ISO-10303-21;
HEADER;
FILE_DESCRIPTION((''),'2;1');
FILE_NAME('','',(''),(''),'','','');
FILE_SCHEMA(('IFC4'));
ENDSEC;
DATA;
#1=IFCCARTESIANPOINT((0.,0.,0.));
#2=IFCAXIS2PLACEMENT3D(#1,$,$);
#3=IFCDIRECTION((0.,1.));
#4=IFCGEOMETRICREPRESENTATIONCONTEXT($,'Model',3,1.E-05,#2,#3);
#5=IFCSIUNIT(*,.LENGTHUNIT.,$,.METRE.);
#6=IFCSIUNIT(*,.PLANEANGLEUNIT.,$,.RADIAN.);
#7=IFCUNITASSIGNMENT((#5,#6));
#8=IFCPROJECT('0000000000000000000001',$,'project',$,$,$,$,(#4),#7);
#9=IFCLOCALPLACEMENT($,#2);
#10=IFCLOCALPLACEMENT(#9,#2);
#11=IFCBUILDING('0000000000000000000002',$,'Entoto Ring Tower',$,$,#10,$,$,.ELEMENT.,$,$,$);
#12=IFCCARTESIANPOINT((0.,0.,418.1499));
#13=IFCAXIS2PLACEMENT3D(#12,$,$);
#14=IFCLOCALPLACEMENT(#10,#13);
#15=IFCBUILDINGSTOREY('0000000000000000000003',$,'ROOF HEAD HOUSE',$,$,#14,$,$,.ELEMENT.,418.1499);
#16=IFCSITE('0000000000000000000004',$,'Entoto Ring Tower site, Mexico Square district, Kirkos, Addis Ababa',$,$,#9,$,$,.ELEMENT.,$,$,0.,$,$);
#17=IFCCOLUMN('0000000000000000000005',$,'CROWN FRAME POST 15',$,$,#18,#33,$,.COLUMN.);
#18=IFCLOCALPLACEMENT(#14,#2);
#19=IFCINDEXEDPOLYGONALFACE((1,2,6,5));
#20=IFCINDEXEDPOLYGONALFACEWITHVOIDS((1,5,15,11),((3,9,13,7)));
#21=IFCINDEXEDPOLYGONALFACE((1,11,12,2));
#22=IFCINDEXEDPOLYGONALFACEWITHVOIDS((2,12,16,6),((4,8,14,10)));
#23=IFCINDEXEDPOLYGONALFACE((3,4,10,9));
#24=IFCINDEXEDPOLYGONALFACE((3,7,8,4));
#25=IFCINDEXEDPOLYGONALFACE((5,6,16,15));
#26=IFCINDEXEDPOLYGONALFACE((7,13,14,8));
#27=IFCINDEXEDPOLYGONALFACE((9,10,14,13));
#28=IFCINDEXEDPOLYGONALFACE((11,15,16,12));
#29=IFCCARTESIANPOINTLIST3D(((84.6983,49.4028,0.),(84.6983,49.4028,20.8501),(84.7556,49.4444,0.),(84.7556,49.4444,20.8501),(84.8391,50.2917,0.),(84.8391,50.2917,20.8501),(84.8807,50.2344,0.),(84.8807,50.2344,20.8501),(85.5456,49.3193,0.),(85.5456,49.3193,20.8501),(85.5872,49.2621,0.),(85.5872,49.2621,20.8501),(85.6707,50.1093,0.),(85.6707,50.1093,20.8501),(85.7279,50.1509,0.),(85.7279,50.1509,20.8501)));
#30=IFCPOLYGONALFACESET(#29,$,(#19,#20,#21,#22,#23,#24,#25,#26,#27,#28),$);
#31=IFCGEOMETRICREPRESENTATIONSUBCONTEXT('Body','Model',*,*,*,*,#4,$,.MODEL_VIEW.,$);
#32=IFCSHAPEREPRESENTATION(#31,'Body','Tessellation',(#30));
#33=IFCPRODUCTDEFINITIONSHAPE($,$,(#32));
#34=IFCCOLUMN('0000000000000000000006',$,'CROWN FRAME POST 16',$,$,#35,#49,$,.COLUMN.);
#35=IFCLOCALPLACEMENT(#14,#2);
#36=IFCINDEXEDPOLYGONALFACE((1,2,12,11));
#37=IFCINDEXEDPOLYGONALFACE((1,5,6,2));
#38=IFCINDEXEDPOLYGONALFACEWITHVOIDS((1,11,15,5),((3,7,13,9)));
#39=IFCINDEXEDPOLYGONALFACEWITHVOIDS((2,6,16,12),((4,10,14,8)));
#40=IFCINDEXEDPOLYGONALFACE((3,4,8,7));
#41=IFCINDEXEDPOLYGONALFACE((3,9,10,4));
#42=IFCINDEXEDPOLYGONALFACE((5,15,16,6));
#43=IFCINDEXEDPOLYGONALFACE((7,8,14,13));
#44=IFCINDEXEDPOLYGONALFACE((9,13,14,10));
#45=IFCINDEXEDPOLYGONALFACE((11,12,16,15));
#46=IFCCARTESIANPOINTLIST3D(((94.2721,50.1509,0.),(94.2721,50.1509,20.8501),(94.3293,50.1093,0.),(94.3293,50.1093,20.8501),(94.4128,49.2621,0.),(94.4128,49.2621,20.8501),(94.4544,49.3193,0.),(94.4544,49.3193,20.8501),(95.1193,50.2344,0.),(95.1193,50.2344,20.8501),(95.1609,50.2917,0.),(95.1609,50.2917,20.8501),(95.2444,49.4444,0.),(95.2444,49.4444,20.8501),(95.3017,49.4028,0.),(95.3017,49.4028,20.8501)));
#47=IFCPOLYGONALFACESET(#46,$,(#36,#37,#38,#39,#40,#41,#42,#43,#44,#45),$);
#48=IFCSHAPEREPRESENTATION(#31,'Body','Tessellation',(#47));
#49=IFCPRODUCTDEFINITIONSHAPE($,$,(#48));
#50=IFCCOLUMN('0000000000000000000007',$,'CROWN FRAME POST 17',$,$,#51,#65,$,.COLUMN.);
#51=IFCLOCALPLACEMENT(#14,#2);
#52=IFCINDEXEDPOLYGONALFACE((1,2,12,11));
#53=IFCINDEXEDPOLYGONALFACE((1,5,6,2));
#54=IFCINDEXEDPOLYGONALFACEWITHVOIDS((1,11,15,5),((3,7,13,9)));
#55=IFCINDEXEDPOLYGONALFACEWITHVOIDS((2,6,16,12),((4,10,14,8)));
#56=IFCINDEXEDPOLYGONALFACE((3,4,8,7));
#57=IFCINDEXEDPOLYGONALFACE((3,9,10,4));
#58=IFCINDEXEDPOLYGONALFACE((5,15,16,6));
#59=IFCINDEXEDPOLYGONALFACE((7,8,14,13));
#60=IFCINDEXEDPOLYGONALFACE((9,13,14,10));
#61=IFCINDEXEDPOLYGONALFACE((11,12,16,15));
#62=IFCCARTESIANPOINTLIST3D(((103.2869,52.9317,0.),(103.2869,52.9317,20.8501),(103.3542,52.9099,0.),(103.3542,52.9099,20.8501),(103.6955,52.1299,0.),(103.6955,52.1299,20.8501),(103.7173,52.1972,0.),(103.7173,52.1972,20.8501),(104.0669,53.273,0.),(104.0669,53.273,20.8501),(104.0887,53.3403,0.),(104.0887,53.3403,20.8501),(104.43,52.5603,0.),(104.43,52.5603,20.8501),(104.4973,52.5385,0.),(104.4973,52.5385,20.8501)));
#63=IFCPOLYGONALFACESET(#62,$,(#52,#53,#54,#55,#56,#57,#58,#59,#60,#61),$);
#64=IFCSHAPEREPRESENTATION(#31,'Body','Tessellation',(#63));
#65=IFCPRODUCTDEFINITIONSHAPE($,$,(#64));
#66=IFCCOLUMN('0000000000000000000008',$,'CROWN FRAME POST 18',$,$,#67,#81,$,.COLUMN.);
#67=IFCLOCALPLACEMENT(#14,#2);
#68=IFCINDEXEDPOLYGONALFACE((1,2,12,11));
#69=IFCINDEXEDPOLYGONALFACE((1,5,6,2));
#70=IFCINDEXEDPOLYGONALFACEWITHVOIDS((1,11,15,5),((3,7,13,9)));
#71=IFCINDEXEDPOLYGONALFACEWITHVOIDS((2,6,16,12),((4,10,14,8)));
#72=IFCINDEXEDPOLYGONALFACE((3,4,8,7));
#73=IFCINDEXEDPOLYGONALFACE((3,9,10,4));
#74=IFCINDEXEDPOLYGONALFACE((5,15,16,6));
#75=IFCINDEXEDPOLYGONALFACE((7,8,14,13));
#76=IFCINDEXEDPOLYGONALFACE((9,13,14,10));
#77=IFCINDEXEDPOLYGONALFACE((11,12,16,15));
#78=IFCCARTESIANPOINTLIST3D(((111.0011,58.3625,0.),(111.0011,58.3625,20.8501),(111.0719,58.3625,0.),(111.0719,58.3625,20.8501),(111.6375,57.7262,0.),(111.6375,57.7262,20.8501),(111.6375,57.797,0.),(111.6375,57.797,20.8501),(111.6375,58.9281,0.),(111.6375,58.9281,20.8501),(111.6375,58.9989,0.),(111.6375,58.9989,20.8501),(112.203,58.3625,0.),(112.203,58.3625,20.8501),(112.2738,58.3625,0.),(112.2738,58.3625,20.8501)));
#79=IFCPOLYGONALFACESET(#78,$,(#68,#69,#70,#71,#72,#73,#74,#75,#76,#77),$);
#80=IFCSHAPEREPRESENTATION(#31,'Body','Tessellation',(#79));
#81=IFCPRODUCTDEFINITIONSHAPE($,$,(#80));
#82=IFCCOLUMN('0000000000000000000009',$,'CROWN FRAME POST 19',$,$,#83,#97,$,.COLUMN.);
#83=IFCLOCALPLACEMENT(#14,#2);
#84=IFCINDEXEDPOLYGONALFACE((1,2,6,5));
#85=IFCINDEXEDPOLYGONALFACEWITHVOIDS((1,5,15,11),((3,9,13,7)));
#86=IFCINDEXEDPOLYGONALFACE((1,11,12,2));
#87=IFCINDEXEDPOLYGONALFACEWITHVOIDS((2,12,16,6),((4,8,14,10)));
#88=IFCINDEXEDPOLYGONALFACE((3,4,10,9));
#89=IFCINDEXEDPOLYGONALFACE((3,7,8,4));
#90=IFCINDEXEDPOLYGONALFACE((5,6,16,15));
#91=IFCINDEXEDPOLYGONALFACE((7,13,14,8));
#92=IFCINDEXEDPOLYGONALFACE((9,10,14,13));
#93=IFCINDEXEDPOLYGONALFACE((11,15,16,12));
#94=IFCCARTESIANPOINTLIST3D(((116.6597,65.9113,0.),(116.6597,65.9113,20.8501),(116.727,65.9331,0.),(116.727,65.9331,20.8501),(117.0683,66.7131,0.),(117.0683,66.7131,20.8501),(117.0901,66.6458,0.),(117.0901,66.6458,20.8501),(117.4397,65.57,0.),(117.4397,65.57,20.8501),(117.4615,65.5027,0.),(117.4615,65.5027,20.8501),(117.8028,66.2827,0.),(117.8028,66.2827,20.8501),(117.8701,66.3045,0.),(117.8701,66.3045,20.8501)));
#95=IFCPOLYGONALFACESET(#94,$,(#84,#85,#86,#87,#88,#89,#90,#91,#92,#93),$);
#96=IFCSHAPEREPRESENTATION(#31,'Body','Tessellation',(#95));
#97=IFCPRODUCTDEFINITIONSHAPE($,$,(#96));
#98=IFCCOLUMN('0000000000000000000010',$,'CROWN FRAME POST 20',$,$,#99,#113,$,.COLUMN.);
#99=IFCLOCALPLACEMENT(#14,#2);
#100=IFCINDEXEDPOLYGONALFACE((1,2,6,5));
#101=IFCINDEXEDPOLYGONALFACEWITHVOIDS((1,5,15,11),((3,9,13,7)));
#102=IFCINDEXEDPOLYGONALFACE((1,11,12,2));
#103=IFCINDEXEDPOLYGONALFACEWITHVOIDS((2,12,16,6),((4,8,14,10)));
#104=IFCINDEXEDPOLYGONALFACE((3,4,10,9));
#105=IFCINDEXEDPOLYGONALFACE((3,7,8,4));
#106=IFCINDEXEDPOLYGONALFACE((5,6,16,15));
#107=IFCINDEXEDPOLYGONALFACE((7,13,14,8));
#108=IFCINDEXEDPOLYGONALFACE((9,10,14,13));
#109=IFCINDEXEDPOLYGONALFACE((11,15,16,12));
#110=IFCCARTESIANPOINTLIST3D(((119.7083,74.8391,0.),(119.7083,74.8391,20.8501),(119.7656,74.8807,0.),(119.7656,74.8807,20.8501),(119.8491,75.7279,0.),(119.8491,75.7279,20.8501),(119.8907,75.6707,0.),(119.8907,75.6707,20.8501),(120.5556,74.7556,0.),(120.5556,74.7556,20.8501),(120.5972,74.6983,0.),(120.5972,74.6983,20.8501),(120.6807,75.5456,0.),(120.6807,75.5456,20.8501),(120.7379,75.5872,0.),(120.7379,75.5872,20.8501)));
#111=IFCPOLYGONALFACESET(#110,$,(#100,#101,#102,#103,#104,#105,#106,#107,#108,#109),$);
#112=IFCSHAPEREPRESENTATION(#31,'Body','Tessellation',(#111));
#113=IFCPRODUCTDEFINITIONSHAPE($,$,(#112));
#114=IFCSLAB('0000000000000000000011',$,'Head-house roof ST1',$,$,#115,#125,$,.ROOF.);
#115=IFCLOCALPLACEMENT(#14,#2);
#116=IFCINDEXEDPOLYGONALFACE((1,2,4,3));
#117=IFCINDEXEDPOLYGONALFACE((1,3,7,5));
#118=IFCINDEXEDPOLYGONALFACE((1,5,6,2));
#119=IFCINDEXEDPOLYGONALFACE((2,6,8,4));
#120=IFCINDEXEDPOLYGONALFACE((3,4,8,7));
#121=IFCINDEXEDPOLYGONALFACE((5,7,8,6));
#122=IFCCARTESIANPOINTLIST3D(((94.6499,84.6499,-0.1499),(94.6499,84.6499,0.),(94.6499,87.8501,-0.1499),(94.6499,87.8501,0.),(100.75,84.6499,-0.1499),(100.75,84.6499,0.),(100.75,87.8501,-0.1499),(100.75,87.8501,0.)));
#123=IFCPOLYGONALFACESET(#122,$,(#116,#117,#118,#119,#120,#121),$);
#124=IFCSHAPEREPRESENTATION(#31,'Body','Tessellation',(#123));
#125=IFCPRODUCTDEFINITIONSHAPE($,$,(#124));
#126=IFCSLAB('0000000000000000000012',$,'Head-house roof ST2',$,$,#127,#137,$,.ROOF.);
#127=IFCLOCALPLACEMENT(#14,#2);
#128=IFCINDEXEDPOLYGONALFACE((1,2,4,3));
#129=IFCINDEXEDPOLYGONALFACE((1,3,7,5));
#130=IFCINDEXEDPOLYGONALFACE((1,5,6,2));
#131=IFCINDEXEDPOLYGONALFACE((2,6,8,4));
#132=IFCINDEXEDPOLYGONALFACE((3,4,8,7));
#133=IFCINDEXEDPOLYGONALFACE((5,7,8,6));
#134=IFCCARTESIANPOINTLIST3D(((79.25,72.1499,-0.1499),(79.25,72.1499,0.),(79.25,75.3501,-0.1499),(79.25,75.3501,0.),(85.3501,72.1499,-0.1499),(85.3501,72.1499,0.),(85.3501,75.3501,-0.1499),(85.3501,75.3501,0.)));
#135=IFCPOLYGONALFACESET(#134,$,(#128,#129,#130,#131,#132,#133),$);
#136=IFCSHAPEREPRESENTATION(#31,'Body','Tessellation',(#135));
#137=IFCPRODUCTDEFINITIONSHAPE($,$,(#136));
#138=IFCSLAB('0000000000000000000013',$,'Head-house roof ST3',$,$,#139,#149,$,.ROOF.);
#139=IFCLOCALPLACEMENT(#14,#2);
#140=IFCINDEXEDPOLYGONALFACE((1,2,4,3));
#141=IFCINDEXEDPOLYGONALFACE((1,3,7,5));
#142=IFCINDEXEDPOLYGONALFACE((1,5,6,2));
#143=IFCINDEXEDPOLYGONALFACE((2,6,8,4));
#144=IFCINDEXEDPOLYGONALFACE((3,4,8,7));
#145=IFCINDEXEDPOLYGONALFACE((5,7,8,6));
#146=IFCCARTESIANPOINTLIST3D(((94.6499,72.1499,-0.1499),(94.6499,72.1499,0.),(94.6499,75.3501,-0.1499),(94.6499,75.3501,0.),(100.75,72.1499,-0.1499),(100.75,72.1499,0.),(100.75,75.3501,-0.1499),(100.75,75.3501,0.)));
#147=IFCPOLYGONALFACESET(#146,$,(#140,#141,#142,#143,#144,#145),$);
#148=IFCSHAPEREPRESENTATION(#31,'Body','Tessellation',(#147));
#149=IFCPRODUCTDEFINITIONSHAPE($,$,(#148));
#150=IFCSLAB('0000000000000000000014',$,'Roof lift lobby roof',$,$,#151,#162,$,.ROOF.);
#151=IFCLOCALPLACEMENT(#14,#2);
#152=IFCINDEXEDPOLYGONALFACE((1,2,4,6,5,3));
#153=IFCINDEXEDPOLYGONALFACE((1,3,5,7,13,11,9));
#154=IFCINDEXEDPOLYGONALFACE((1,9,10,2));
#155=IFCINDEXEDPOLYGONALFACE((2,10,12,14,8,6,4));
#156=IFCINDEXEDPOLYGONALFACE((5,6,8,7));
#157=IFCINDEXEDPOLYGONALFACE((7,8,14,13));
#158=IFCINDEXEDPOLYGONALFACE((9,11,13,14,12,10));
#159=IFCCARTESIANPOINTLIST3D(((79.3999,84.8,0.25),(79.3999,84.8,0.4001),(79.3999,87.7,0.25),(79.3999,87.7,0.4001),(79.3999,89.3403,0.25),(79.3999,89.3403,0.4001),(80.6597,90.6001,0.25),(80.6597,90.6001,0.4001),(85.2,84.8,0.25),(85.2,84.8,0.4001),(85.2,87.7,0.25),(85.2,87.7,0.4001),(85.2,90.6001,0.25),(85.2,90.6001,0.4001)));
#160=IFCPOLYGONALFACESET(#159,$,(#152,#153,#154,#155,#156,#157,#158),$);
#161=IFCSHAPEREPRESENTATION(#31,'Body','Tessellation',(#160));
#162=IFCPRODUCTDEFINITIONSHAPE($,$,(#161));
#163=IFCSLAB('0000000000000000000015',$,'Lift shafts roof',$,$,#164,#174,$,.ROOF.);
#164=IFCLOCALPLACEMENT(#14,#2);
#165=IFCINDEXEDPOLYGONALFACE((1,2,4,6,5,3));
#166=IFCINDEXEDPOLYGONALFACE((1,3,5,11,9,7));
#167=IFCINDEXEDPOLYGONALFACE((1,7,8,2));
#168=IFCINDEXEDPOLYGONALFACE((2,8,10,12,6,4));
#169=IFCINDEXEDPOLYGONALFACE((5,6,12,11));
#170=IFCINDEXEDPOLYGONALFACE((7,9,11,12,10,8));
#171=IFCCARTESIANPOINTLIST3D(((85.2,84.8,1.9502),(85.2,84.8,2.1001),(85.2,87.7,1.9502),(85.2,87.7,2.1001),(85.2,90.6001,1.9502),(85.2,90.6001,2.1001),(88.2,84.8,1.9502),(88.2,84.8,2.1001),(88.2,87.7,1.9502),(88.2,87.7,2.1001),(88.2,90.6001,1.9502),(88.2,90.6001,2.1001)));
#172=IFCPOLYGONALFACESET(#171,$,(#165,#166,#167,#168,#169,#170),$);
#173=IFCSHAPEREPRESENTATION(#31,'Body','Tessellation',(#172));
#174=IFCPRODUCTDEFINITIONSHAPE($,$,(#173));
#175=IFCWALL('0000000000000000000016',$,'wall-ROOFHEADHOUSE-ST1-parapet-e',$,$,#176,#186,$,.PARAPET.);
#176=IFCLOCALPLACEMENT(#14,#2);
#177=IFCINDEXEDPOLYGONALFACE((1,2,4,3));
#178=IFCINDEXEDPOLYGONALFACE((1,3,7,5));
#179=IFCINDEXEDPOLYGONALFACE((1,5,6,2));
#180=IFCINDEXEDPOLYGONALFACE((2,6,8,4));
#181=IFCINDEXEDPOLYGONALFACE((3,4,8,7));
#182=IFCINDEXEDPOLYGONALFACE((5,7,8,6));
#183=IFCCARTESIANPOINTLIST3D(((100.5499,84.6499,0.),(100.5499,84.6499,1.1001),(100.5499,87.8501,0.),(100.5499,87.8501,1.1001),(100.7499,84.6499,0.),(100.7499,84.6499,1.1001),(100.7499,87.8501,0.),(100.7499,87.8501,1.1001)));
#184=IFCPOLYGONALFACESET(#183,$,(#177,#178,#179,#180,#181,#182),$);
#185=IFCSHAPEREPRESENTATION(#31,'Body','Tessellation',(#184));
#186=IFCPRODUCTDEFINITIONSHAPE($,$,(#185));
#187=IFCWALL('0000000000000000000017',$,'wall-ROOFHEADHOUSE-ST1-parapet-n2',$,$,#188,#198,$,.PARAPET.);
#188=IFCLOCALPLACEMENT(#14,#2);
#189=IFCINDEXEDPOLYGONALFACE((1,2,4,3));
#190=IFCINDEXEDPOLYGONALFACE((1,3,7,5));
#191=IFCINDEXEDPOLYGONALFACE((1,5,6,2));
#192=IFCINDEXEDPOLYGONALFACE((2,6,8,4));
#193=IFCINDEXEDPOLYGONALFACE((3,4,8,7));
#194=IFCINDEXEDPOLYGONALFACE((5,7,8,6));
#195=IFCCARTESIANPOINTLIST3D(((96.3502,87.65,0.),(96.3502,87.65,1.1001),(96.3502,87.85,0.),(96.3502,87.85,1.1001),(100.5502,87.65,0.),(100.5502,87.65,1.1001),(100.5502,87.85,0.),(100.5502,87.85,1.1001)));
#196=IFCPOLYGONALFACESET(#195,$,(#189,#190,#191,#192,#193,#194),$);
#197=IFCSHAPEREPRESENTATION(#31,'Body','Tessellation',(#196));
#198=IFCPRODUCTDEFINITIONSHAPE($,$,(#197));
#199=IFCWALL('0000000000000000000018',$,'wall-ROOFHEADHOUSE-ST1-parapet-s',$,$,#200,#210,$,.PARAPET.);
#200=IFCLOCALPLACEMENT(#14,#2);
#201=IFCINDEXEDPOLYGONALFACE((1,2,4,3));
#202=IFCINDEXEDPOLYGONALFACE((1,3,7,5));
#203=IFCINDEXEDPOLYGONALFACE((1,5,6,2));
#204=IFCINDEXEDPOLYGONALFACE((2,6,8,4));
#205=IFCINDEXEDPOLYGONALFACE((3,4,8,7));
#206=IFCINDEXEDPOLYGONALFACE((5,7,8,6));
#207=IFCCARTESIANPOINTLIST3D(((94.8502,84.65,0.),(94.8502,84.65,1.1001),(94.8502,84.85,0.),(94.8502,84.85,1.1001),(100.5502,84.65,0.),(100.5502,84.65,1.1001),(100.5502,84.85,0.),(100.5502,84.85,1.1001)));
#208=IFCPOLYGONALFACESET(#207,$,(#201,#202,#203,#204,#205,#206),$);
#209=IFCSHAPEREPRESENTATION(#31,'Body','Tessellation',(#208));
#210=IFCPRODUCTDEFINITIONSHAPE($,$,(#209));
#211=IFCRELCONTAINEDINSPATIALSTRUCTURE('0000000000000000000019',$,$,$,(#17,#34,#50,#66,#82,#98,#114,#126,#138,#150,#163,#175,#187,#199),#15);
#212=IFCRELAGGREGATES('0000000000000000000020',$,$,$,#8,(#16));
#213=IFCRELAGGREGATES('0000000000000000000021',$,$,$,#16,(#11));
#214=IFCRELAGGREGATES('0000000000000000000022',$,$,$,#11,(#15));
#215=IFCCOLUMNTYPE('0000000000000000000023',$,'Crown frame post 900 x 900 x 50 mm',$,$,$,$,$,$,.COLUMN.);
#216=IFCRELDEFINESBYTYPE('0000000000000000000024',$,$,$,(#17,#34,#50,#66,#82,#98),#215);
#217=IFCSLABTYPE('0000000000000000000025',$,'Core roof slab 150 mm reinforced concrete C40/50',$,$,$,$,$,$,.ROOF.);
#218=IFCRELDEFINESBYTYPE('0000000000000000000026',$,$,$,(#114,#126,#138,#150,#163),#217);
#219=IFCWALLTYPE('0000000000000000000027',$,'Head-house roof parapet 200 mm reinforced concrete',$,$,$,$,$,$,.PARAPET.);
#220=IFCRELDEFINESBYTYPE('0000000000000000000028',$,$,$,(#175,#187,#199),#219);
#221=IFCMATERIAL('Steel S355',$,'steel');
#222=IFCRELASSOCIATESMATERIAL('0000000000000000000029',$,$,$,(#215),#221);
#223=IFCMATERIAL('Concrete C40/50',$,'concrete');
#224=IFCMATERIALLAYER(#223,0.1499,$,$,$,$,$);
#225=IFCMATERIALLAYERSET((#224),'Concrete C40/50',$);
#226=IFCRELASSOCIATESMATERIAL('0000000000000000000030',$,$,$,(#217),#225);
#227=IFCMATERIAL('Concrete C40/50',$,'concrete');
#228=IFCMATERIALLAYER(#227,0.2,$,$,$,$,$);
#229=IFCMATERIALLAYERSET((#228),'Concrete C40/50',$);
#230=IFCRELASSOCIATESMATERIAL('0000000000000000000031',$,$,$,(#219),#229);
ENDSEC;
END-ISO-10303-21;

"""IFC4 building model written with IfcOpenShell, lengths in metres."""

from ifc_helpers import new_model, si_unit, direction, frame, frame_2d, origin, origin_2d, place, context, subcontext, project, spatial, polyline, rectangle, hollow_rectangle, outline, extrude, material, layer, layer_set, material_profile, profile_set, type_object, element, save


model = new_model("IFC4")

# Units and contexts
model_context = context("Model", 3, precision=1e-05, world=origin(), true_north=direction((0.0, 1.0)))
body_context = subcontext(model_context, "Body", "Model", "MODEL_VIEW")
ifc_project = project(units=[si_unit("LENGTHUNIT", "METRE"), si_unit("PLANEANGLEUNIT", "RADIAN")], contexts=[model_context])

# Site, building, storey
site_placement = place(None, origin())
site = spatial("IfcSite", under=ifc_project, at=site_placement, Name="Entoto Ring Tower site, Mexico Square district, Kirkos, Addis Ababa", CompositionType="ELEMENT", RefElevation=0.0)
building_placement = place(site_placement, origin())
building = spatial("IfcBuilding", under=site, at=building_placement, Name="Entoto Ring Tower", CompositionType="ELEMENT")
storey_placement = place(building_placement, frame((0.0, 0.0, 418.1499)))
storey = spatial("IfcBuildingStorey", under=building, at=storey_placement, Name="ROOF HEAD HOUSE", CompositionType="ELEMENT", Elevation=418.1499)

# Columns
ifc_material_1 = material(Name="Steel S355", Category="steel")
ifc_material_profile = material_profile(ifc_material_1, hollow_rectangle(XDim=0.8999, YDim=0.8999, WallThickness=0.05, at=origin_2d()), Name="Crown frame post 900 x 900 x 50 mm")
ifc_profile_set = profile_set([ifc_material_profile], Name="Steel S355")
column_type = type_object("IfcColumnType", Name="Crown frame post 900 x 900 x 50 mm", PredefinedType="COLUMN", material=ifc_profile_set)
for number, where, z_axis, x_axis, name in (
    (1, (85.2131, 49.7769, 0.0), (0.0, 0.0, 1.0), (0.987688, -0.156434, 0.0), "CROWN FRAME POST 15"),
    (2, (94.7869, 49.7769, 0.0), (0.0, 0.0, 1.0), (0.987688, 0.156434, 0.0), "CROWN FRAME POST 16"),
    (3, (103.8921, 52.7351, 0.0), (0.0, 0.0, 1.0), (0.891007, 0.45399, 0.0), "CROWN FRAME POST 17"),
    (4, (111.6375, 58.3625, 0.0), (0.0, 0.0, 1.0), (0.707107, 0.707107, 0.0), "CROWN FRAME POST 18"),
    (5, (117.2649, 66.1079, 0.0), (0.0, 0.0, 1.0), (0.45399, 0.891007, 0.0), "CROWN FRAME POST 19"),
    (6, (120.2231, 75.2131, 0.0), (0.0, 0.0, 1.0), (0.156434, 0.987688, 0.0), "CROWN FRAME POST 20"),
):
    element("IfcColumn", number, at=place(storey_placement, frame(where, z_axis=z_axis, x_axis=x_axis)), inside=storey, type_object=column_type, Name=name, PredefinedType="COLUMN", context=body_context, shape_type="SweptSolid", body=[
        extrude(hollow_rectangle(XDim=0.8999, YDim=0.8999, WallThickness=0.05, at=origin_2d()), origin(), (0.0, 0.0, 1.0), 20.8501),
    ])

# Slabs
ifc_material_2 = material(Name="Concrete C40/50", Category="concrete")
ifc_layer_1 = layer(ifc_material_2, 0.1499)
ifc_layer_set_1 = layer_set([ifc_layer_1], Name="Concrete C40/50")
slab_type = type_object("IfcSlabType", Name="Core roof slab 150 mm reinforced concrete C40/50", PredefinedType="ROOF", material=ifc_layer_set_1)
slab_1_placement = place(storey_placement, frame((0.0, 0.0, -0.1499)))
element("IfcSlab", 7, at=slab_1_placement, inside=storey, type_object=slab_type, Name="Head-house roof ST1", PredefinedType="ROOF", context=body_context, shape_type="SweptSolid", body=[
    extrude(outline(polyline([(94.6499, 84.6499), (100.75, 84.6499), (100.75, 87.8501), (94.6499, 87.8501), (94.6499, 84.6499)])), origin(), (0.0, 0.0, 1.0), 0.1499),
])
slab_2_placement = place(storey_placement, frame((0.0, 0.0, -0.1499)))
element("IfcSlab", 8, at=slab_2_placement, inside=storey, type_object=slab_type, Name="Head-house roof ST2", PredefinedType="ROOF", context=body_context, shape_type="SweptSolid", body=[
    extrude(outline(polyline([(79.25, 72.1499), (85.3501, 72.1499), (85.3501, 75.3501), (79.25, 75.3501), (79.25, 72.1499)])), origin(), (0.0, 0.0, 1.0), 0.1499),
])
slab_3_placement = place(storey_placement, frame((0.0, 0.0, -0.1499)))
element("IfcSlab", 9, at=slab_3_placement, inside=storey, type_object=slab_type, Name="Head-house roof ST3", PredefinedType="ROOF", context=body_context, shape_type="SweptSolid", body=[
    extrude(outline(polyline([(94.6499, 72.1499), (100.75, 72.1499), (100.75, 75.3501), (94.6499, 75.3501), (94.6499, 72.1499)])), origin(), (0.0, 0.0, 1.0), 0.1499),
])
slab_4_placement = place(storey_placement, frame((0.0, 0.0, 0.25)))
element("IfcSlab", 10, at=slab_4_placement, inside=storey, type_object=slab_type, Name="Roof lift lobby roof", PredefinedType="ROOF", context=body_context, shape_type="SweptSolid", body=[
    extrude(outline(polyline([(79.3999, 89.3403), (79.3999, 87.7), (79.3999, 84.8), (85.2, 84.8), (85.2, 87.7), (85.2, 90.6001), (80.6597, 90.6001), (79.3999, 89.3403)])), origin(), (0.0, 0.0, 1.0), 0.1501),
])
slab_5_placement = place(storey_placement, frame((0.0, 0.0, 1.9502)))
element("IfcSlab", 11, at=slab_5_placement, inside=storey, type_object=slab_type, Name="Lift shafts roof", PredefinedType="ROOF", context=body_context, shape_type="SweptSolid", body=[
    extrude(outline(polyline([(85.2, 87.7), (85.2, 84.8), (88.2, 84.8), (88.2, 87.7), (88.2, 90.6001), (85.2, 90.6001), (85.2, 87.7)])), origin(), (0.0, 0.0, 1.0), 0.1499),
])

# Walls
ifc_material_3 = material(Name="Concrete C40/50", Category="concrete")
ifc_layer_2 = layer(ifc_material_3, 0.2)
ifc_layer_set_2 = layer_set([ifc_layer_2], Name="Concrete C40/50")
wall_type = type_object("IfcWallType", Name="Head-house roof parapet 200 mm reinforced concrete", PredefinedType="PARAPET", material=ifc_layer_set_2)
wall_1_placement = place(storey_placement, frame((100.6499, 84.6499, 0.0), z_axis=(0.0, 0.0, 1.0), x_axis=(0.0, 1.0, 0.0)))
element("IfcWall", 12, at=wall_1_placement, inside=storey, type_object=wall_type, Name="wall-ROOFHEADHOUSE-ST1-parapet-e", PredefinedType="PARAPET", context=body_context, shape_type="SweptSolid", body=[
    extrude(rectangle(XDim=3.2002, YDim=0.2, at=frame_2d((1.6001, 0.0))), origin(), (0.0, 0.0, 1.0), 1.1001),
])
wall_2_placement = place(storey_placement, frame((96.3501, 87.75, 0.0), z_axis=(0.0, 0.0, 1.0), x_axis=(1.0, 0.0, 0.0)))
element("IfcWall", 13, at=wall_2_placement, inside=storey, type_object=wall_type, Name="wall-ROOFHEADHOUSE-ST1-parapet-n2", PredefinedType="PARAPET", context=body_context, shape_type="SweptSolid", body=[
    extrude(rectangle(XDim=4.2, YDim=0.2, at=frame_2d((2.1001, 0.0))), origin(), (0.0, 0.0, 1.0), 1.1001),
])
wall_3_placement = place(storey_placement, frame((94.8501, 84.75, 0.0), z_axis=(0.0, 0.0, 1.0), x_axis=(1.0, 0.0, 0.0)))
element("IfcWall", 14, at=wall_3_placement, inside=storey, type_object=wall_type, Name="wall-ROOFHEADHOUSE-ST1-parapet-s", PredefinedType="PARAPET", context=body_context, shape_type="SweptSolid", body=[
    extrude(rectangle(XDim=5.7, YDim=0.2, at=frame_2d((2.8501, 0.0))), origin(), (0.0, 0.0, 1.0), 1.1001),
])

save(model, "model.ifc")
